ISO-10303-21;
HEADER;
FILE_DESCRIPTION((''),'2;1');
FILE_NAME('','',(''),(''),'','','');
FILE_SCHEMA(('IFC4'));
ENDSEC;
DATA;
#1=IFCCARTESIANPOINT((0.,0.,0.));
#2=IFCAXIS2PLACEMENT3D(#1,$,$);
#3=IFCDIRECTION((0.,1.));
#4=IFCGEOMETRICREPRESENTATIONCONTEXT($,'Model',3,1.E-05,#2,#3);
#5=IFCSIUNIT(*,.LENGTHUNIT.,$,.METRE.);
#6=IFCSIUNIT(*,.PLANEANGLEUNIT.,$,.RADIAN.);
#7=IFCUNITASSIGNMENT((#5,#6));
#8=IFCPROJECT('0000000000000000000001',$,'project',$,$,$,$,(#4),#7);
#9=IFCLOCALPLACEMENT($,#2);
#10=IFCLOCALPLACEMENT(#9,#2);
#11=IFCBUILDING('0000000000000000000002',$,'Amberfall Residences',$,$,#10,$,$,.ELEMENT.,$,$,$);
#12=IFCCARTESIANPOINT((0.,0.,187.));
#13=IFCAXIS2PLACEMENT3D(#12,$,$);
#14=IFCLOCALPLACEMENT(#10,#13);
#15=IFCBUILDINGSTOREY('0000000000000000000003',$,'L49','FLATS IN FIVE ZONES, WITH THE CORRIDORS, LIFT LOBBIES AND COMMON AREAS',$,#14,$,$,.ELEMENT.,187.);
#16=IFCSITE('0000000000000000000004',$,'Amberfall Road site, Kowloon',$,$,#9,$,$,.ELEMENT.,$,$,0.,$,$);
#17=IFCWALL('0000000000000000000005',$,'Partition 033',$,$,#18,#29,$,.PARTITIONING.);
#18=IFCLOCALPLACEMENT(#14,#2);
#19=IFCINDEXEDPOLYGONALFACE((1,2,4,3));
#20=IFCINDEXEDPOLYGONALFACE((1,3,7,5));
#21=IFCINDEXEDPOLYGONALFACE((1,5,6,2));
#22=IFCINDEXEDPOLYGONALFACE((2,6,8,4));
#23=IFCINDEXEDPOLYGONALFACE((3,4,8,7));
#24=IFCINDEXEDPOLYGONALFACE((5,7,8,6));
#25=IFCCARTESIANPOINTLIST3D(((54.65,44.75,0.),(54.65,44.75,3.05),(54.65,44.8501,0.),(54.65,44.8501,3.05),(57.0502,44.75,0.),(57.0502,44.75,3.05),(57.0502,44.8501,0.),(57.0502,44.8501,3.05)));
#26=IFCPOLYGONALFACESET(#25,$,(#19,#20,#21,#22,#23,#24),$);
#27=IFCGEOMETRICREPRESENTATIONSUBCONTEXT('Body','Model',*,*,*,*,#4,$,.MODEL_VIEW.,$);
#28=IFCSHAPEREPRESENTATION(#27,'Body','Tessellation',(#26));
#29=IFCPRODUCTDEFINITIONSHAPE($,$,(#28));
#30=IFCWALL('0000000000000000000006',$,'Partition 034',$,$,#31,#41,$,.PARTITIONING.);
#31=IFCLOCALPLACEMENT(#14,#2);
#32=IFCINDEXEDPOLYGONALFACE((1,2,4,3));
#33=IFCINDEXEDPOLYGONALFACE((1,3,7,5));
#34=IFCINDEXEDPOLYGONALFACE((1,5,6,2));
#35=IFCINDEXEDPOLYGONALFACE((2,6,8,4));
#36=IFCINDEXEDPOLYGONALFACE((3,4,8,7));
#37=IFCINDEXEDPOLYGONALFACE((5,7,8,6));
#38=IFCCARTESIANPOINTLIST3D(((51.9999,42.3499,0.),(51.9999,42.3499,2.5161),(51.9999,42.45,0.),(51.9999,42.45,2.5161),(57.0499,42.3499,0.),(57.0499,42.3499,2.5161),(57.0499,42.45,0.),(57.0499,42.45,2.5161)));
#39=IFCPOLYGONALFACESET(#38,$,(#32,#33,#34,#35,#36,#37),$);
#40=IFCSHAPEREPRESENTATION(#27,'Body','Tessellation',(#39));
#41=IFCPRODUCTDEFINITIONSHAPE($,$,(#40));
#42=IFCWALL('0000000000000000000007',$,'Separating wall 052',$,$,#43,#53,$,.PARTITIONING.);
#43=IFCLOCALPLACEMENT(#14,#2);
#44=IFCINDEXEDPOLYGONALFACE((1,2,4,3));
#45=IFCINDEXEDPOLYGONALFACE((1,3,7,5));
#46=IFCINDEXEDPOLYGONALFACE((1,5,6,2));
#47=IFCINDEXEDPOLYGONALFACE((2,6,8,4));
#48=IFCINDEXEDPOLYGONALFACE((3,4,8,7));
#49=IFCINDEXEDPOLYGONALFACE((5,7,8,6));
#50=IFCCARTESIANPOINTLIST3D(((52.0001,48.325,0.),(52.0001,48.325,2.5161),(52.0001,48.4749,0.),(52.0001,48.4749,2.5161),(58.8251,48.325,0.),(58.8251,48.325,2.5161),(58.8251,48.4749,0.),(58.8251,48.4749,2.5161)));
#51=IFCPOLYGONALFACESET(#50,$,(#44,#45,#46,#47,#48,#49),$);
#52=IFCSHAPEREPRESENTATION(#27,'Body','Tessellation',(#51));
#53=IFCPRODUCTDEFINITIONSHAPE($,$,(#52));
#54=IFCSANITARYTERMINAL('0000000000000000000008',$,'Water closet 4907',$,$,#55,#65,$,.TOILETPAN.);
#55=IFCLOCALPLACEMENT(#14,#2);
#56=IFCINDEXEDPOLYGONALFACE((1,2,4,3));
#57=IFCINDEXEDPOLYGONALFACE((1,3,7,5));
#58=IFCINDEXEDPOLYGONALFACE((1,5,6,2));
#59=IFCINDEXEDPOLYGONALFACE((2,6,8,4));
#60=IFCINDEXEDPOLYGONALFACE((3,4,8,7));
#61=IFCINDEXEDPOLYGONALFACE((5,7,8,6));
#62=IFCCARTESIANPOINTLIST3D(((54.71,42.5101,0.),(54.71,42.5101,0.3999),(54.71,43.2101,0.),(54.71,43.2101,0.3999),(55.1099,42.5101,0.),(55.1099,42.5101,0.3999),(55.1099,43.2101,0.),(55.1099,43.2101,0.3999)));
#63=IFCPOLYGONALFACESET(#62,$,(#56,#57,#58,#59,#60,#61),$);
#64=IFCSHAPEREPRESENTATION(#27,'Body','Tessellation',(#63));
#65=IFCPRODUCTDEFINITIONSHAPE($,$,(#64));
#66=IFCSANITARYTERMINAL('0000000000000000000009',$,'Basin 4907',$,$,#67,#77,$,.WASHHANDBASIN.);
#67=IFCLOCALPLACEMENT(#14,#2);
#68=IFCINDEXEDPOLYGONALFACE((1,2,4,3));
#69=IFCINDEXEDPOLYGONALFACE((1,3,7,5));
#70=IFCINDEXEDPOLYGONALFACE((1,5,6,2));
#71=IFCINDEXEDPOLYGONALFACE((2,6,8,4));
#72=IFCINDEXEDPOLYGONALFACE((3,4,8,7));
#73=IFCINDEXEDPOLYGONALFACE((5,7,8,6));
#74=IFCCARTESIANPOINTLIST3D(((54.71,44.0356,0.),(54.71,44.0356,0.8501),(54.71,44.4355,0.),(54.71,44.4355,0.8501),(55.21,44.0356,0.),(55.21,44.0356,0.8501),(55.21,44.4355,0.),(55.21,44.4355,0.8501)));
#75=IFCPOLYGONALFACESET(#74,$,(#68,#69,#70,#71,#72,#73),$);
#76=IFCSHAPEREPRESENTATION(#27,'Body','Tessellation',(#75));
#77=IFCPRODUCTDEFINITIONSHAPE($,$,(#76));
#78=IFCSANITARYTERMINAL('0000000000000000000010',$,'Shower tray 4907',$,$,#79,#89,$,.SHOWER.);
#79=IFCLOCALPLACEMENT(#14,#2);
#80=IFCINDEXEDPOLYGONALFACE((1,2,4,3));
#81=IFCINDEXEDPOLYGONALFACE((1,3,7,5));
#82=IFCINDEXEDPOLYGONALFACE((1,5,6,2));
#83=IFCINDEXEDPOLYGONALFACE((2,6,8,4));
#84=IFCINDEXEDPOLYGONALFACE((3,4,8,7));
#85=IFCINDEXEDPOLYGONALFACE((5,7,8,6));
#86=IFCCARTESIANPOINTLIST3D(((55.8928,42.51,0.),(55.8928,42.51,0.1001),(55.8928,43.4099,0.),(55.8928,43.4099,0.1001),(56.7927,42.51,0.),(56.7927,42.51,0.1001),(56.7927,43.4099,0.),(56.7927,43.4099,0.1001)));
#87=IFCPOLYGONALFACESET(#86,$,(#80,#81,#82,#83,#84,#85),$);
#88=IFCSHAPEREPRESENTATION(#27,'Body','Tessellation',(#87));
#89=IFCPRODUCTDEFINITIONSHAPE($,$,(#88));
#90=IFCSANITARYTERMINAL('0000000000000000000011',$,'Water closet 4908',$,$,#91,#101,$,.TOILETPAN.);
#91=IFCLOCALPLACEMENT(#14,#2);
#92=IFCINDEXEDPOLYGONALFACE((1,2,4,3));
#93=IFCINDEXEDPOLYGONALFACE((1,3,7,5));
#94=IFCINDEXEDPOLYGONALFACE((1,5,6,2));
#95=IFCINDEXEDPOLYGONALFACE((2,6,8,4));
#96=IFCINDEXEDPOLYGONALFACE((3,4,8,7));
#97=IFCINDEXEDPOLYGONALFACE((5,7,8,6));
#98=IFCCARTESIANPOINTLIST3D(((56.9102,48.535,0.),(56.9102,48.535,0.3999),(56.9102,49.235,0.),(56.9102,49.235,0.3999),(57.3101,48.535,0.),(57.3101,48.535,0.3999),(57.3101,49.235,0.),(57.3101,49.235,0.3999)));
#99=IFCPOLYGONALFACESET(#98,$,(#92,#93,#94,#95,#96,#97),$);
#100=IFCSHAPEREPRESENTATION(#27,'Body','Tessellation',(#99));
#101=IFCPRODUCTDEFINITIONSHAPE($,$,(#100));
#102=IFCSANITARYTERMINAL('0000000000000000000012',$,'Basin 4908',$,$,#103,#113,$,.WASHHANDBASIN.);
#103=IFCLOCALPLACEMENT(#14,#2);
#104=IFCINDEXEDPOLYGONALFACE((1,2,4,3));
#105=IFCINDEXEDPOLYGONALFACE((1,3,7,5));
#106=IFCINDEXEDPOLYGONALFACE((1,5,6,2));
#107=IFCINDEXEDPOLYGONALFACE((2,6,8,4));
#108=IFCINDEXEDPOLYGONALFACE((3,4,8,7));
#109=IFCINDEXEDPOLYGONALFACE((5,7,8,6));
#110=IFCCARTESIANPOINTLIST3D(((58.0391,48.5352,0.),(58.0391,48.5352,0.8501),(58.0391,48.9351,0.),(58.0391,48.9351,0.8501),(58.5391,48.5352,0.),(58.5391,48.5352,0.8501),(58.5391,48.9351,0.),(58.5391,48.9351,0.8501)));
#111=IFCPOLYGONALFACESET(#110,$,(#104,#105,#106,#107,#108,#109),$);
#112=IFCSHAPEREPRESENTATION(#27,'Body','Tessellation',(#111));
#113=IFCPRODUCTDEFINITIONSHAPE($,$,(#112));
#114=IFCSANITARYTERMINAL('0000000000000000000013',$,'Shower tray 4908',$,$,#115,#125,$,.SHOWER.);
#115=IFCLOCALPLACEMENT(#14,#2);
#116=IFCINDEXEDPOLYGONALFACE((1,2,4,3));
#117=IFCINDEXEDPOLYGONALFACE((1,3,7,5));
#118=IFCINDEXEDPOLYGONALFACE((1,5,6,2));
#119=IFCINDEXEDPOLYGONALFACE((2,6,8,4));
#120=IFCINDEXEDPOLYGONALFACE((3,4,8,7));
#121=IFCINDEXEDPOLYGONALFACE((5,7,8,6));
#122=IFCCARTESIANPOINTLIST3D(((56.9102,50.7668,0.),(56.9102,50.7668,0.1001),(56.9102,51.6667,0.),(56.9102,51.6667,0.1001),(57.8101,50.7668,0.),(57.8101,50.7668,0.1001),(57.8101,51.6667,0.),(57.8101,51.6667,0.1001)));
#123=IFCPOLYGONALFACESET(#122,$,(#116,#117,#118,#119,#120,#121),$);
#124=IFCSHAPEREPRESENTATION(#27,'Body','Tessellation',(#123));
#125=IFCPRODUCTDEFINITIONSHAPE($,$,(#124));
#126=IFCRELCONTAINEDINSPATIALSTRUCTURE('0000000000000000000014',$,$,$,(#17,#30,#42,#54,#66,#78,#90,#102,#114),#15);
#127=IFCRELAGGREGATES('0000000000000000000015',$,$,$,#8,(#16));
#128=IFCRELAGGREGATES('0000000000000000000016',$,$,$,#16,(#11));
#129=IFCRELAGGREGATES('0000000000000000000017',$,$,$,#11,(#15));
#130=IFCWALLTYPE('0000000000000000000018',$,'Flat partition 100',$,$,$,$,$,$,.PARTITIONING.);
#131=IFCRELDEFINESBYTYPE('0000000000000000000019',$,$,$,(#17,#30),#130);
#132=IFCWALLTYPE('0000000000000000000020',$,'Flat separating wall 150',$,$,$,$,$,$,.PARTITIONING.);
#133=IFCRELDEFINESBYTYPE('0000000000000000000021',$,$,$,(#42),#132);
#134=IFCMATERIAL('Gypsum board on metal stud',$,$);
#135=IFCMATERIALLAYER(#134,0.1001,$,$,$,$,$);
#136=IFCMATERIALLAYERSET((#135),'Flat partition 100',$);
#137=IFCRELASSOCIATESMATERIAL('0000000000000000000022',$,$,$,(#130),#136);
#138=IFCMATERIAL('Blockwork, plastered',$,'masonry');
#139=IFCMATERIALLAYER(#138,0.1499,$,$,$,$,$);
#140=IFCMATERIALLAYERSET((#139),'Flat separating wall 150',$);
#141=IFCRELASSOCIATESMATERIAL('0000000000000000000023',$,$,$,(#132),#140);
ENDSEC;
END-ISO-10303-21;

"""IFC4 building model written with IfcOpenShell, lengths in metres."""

from ifc_helpers import new_model, si_unit, direction, frame, frame_2d, origin, origin_2d, place, context, subcontext, project, spatial, rectangle, extrude, material, layer, layer_set, type_object, element, save


model = new_model("IFC4")

# Units and contexts
model_context = context("Model", 3, precision=1e-05, world=origin(), true_north=direction((0.0, 1.0)))
body_context = subcontext(model_context, "Body", "Model", "MODEL_VIEW")
ifc_project = project(units=[si_unit("LENGTHUNIT", "METRE"), si_unit("PLANEANGLEUNIT", "RADIAN")], contexts=[model_context])

# Site, building, storey
site_placement = place(None, origin())
site = spatial("IfcSite", under=ifc_project, at=site_placement, Name="Amberfall Road site, Kowloon", CompositionType="ELEMENT", RefElevation=0.0)
building_placement = place(site_placement, origin())
building = spatial("IfcBuilding", under=site, at=building_placement, Name="Amberfall Residences", CompositionType="ELEMENT")
storey_placement = place(building_placement, frame((0.0, 0.0, 187.0)))
storey = spatial("IfcBuildingStorey", under=building, at=storey_placement, Name="L49", Description="FLATS IN FIVE ZONES, WITH THE CORRIDORS, LIFT LOBBIES AND COMMON AREAS", CompositionType="ELEMENT", Elevation=187.0)

# Walls
ifc_material_1 = material(Name="Gypsum board on metal stud")
ifc_layer_1 = layer(ifc_material_1, 0.1001)
ifc_layer_set_1 = layer_set([ifc_layer_1], Name="Flat partition 100")
wall_type_1 = type_object("IfcWallType", Name="Flat partition 100", PredefinedType="PARTITIONING", material=ifc_layer_set_1)
wall_1_placement = place(storey_placement, frame((54.6499, 44.8, 0.0), z_axis=(0.0, 0.0, 1.0), x_axis=(1.0, 0.0, 0.0)))
element("IfcWall", 1, at=wall_1_placement, inside=storey, type_object=wall_type_1, Name="Partition 033", PredefinedType="PARTITIONING", context=body_context, shape_type="SweptSolid", body=[
    extrude(rectangle(XDim=2.4001, YDim=0.1001, at=frame_2d((1.2002, 0.0))), origin(), (0.0, 0.0, 1.0), 3.05),
])
wall_2_placement = place(storey_placement, frame((52.0, 42.3999, 0.0), z_axis=(0.0, 0.0, 1.0), x_axis=(1.0, 0.0, 0.0)))
element("IfcWall", 2, at=wall_2_placement, inside=storey, type_object=wall_type_1, Name="Partition 034", PredefinedType="PARTITIONING", context=body_context, shape_type="SweptSolid", body=[
    extrude(rectangle(XDim=5.05, YDim=0.1001, at=frame_2d((2.5249, 0.0))), origin(), (0.0, 0.0, 1.0), 2.5161),
])
ifc_material_2 = material(Name="Blockwork, plastered", Category="masonry")
ifc_layer_2 = layer(ifc_material_2, 0.1499)
ifc_layer_set_2 = layer_set([ifc_layer_2], Name="Flat separating wall 150")
wall_type_2 = type_object("IfcWallType", Name="Flat separating wall 150", PredefinedType="PARTITIONING", material=ifc_layer_set_2)
wall_3_placement = place(storey_placement, frame((52.0, 48.3999, 0.0), z_axis=(0.0, 0.0, 1.0), x_axis=(1.0, 0.0, 0.0)))
element("IfcWall", 3, at=wall_3_placement, inside=storey, type_object=wall_type_2, Name="Separating wall 052", PredefinedType="PARTITIONING", context=body_context, shape_type="SweptSolid", body=[
    extrude(rectangle(XDim=6.825, YDim=0.1499, at=frame_2d((3.4126, 0.0))), origin(), (0.0, 0.0, 1.0), 2.5161),
])

# Sanitary terminals
sanitary_terminal_1_placement = place(storey_placement, frame((54.9099, 42.8601, 0.0), z_axis=(0.0, 0.0, 1.0), x_axis=(1.0, 0.0, 0.0)))
element("IfcSanitaryTerminal", 4, at=sanitary_terminal_1_placement, inside=storey, Name="Water closet 4907", PredefinedType="TOILETPAN", context=body_context, shape_type="SweptSolid", body=[
    extrude(rectangle(XDim=0.3999, YDim=0.7, at=origin_2d()), origin(), (0.0, 0.0, 1.0), 0.3999),
])
sanitary_terminal_2_placement = place(storey_placement, frame((54.96, 44.2356, 0.0), z_axis=(0.0, 0.0, 1.0), x_axis=(1.0, 0.0, 0.0)))
element("IfcSanitaryTerminal", 5, at=sanitary_terminal_2_placement, inside=storey, Name="Basin 4907", PredefinedType="WASHHANDBASIN", context=body_context, shape_type="SweptSolid", body=[
    extrude(rectangle(XDim=0.5, YDim=0.3999, at=origin_2d()), origin(), (0.0, 0.0, 1.0), 0.8501),
])
sanitary_terminal_3_placement = place(storey_placement, frame((56.3428, 42.96, 0.0), z_axis=(0.0, 0.0, 1.0), x_axis=(1.0, 0.0, 0.0)))
element("IfcSanitaryTerminal", 6, at=sanitary_terminal_3_placement, inside=storey, Name="Shower tray 4907", PredefinedType="SHOWER", context=body_context, shape_type="SweptSolid", body=[
    extrude(rectangle(XDim=0.8999, YDim=0.8999, at=origin_2d()), origin(), (0.0, 0.0, 1.0), 0.1001),
])
sanitary_terminal_4_placement = place(storey_placement, frame((57.1101, 48.885, 0.0), z_axis=(0.0, 0.0, 1.0), x_axis=(1.0, 0.0, 0.0)))
element("IfcSanitaryTerminal", 7, at=sanitary_terminal_4_placement, inside=storey, Name="Water closet 4908", PredefinedType="TOILETPAN", context=body_context, shape_type="SweptSolid", body=[
    extrude(rectangle(XDim=0.3999, YDim=0.7, at=origin_2d()), origin(), (0.0, 0.0, 1.0), 0.3999),
])
sanitary_terminal_5_placement = place(storey_placement, frame((58.2891, 48.7351, 0.0), z_axis=(0.0, 0.0, 1.0), x_axis=(1.0, 0.0, 0.0)))
element("IfcSanitaryTerminal", 8, at=sanitary_terminal_5_placement, inside=storey, Name="Basin 4908", PredefinedType="WASHHANDBASIN", context=body_context, shape_type="SweptSolid", body=[
    extrude(rectangle(XDim=0.5, YDim=0.3999, at=origin_2d()), origin(), (0.0, 0.0, 1.0), 0.8501),
])
sanitary_terminal_6_placement = place(storey_placement, frame((57.3601, 51.2168, 0.0), z_axis=(0.0, 0.0, 1.0), x_axis=(1.0, 0.0, 0.0)))
element("IfcSanitaryTerminal", 9, at=sanitary_terminal_6_placement, inside=storey, Name="Shower tray 4908", PredefinedType="SHOWER", context=body_context, shape_type="SweptSolid", body=[
    extrude(rectangle(XDim=0.8999, YDim=0.8999, at=origin_2d()), origin(), (0.0, 0.0, 1.0), 0.1001),
])

save(model, "model.ifc")
